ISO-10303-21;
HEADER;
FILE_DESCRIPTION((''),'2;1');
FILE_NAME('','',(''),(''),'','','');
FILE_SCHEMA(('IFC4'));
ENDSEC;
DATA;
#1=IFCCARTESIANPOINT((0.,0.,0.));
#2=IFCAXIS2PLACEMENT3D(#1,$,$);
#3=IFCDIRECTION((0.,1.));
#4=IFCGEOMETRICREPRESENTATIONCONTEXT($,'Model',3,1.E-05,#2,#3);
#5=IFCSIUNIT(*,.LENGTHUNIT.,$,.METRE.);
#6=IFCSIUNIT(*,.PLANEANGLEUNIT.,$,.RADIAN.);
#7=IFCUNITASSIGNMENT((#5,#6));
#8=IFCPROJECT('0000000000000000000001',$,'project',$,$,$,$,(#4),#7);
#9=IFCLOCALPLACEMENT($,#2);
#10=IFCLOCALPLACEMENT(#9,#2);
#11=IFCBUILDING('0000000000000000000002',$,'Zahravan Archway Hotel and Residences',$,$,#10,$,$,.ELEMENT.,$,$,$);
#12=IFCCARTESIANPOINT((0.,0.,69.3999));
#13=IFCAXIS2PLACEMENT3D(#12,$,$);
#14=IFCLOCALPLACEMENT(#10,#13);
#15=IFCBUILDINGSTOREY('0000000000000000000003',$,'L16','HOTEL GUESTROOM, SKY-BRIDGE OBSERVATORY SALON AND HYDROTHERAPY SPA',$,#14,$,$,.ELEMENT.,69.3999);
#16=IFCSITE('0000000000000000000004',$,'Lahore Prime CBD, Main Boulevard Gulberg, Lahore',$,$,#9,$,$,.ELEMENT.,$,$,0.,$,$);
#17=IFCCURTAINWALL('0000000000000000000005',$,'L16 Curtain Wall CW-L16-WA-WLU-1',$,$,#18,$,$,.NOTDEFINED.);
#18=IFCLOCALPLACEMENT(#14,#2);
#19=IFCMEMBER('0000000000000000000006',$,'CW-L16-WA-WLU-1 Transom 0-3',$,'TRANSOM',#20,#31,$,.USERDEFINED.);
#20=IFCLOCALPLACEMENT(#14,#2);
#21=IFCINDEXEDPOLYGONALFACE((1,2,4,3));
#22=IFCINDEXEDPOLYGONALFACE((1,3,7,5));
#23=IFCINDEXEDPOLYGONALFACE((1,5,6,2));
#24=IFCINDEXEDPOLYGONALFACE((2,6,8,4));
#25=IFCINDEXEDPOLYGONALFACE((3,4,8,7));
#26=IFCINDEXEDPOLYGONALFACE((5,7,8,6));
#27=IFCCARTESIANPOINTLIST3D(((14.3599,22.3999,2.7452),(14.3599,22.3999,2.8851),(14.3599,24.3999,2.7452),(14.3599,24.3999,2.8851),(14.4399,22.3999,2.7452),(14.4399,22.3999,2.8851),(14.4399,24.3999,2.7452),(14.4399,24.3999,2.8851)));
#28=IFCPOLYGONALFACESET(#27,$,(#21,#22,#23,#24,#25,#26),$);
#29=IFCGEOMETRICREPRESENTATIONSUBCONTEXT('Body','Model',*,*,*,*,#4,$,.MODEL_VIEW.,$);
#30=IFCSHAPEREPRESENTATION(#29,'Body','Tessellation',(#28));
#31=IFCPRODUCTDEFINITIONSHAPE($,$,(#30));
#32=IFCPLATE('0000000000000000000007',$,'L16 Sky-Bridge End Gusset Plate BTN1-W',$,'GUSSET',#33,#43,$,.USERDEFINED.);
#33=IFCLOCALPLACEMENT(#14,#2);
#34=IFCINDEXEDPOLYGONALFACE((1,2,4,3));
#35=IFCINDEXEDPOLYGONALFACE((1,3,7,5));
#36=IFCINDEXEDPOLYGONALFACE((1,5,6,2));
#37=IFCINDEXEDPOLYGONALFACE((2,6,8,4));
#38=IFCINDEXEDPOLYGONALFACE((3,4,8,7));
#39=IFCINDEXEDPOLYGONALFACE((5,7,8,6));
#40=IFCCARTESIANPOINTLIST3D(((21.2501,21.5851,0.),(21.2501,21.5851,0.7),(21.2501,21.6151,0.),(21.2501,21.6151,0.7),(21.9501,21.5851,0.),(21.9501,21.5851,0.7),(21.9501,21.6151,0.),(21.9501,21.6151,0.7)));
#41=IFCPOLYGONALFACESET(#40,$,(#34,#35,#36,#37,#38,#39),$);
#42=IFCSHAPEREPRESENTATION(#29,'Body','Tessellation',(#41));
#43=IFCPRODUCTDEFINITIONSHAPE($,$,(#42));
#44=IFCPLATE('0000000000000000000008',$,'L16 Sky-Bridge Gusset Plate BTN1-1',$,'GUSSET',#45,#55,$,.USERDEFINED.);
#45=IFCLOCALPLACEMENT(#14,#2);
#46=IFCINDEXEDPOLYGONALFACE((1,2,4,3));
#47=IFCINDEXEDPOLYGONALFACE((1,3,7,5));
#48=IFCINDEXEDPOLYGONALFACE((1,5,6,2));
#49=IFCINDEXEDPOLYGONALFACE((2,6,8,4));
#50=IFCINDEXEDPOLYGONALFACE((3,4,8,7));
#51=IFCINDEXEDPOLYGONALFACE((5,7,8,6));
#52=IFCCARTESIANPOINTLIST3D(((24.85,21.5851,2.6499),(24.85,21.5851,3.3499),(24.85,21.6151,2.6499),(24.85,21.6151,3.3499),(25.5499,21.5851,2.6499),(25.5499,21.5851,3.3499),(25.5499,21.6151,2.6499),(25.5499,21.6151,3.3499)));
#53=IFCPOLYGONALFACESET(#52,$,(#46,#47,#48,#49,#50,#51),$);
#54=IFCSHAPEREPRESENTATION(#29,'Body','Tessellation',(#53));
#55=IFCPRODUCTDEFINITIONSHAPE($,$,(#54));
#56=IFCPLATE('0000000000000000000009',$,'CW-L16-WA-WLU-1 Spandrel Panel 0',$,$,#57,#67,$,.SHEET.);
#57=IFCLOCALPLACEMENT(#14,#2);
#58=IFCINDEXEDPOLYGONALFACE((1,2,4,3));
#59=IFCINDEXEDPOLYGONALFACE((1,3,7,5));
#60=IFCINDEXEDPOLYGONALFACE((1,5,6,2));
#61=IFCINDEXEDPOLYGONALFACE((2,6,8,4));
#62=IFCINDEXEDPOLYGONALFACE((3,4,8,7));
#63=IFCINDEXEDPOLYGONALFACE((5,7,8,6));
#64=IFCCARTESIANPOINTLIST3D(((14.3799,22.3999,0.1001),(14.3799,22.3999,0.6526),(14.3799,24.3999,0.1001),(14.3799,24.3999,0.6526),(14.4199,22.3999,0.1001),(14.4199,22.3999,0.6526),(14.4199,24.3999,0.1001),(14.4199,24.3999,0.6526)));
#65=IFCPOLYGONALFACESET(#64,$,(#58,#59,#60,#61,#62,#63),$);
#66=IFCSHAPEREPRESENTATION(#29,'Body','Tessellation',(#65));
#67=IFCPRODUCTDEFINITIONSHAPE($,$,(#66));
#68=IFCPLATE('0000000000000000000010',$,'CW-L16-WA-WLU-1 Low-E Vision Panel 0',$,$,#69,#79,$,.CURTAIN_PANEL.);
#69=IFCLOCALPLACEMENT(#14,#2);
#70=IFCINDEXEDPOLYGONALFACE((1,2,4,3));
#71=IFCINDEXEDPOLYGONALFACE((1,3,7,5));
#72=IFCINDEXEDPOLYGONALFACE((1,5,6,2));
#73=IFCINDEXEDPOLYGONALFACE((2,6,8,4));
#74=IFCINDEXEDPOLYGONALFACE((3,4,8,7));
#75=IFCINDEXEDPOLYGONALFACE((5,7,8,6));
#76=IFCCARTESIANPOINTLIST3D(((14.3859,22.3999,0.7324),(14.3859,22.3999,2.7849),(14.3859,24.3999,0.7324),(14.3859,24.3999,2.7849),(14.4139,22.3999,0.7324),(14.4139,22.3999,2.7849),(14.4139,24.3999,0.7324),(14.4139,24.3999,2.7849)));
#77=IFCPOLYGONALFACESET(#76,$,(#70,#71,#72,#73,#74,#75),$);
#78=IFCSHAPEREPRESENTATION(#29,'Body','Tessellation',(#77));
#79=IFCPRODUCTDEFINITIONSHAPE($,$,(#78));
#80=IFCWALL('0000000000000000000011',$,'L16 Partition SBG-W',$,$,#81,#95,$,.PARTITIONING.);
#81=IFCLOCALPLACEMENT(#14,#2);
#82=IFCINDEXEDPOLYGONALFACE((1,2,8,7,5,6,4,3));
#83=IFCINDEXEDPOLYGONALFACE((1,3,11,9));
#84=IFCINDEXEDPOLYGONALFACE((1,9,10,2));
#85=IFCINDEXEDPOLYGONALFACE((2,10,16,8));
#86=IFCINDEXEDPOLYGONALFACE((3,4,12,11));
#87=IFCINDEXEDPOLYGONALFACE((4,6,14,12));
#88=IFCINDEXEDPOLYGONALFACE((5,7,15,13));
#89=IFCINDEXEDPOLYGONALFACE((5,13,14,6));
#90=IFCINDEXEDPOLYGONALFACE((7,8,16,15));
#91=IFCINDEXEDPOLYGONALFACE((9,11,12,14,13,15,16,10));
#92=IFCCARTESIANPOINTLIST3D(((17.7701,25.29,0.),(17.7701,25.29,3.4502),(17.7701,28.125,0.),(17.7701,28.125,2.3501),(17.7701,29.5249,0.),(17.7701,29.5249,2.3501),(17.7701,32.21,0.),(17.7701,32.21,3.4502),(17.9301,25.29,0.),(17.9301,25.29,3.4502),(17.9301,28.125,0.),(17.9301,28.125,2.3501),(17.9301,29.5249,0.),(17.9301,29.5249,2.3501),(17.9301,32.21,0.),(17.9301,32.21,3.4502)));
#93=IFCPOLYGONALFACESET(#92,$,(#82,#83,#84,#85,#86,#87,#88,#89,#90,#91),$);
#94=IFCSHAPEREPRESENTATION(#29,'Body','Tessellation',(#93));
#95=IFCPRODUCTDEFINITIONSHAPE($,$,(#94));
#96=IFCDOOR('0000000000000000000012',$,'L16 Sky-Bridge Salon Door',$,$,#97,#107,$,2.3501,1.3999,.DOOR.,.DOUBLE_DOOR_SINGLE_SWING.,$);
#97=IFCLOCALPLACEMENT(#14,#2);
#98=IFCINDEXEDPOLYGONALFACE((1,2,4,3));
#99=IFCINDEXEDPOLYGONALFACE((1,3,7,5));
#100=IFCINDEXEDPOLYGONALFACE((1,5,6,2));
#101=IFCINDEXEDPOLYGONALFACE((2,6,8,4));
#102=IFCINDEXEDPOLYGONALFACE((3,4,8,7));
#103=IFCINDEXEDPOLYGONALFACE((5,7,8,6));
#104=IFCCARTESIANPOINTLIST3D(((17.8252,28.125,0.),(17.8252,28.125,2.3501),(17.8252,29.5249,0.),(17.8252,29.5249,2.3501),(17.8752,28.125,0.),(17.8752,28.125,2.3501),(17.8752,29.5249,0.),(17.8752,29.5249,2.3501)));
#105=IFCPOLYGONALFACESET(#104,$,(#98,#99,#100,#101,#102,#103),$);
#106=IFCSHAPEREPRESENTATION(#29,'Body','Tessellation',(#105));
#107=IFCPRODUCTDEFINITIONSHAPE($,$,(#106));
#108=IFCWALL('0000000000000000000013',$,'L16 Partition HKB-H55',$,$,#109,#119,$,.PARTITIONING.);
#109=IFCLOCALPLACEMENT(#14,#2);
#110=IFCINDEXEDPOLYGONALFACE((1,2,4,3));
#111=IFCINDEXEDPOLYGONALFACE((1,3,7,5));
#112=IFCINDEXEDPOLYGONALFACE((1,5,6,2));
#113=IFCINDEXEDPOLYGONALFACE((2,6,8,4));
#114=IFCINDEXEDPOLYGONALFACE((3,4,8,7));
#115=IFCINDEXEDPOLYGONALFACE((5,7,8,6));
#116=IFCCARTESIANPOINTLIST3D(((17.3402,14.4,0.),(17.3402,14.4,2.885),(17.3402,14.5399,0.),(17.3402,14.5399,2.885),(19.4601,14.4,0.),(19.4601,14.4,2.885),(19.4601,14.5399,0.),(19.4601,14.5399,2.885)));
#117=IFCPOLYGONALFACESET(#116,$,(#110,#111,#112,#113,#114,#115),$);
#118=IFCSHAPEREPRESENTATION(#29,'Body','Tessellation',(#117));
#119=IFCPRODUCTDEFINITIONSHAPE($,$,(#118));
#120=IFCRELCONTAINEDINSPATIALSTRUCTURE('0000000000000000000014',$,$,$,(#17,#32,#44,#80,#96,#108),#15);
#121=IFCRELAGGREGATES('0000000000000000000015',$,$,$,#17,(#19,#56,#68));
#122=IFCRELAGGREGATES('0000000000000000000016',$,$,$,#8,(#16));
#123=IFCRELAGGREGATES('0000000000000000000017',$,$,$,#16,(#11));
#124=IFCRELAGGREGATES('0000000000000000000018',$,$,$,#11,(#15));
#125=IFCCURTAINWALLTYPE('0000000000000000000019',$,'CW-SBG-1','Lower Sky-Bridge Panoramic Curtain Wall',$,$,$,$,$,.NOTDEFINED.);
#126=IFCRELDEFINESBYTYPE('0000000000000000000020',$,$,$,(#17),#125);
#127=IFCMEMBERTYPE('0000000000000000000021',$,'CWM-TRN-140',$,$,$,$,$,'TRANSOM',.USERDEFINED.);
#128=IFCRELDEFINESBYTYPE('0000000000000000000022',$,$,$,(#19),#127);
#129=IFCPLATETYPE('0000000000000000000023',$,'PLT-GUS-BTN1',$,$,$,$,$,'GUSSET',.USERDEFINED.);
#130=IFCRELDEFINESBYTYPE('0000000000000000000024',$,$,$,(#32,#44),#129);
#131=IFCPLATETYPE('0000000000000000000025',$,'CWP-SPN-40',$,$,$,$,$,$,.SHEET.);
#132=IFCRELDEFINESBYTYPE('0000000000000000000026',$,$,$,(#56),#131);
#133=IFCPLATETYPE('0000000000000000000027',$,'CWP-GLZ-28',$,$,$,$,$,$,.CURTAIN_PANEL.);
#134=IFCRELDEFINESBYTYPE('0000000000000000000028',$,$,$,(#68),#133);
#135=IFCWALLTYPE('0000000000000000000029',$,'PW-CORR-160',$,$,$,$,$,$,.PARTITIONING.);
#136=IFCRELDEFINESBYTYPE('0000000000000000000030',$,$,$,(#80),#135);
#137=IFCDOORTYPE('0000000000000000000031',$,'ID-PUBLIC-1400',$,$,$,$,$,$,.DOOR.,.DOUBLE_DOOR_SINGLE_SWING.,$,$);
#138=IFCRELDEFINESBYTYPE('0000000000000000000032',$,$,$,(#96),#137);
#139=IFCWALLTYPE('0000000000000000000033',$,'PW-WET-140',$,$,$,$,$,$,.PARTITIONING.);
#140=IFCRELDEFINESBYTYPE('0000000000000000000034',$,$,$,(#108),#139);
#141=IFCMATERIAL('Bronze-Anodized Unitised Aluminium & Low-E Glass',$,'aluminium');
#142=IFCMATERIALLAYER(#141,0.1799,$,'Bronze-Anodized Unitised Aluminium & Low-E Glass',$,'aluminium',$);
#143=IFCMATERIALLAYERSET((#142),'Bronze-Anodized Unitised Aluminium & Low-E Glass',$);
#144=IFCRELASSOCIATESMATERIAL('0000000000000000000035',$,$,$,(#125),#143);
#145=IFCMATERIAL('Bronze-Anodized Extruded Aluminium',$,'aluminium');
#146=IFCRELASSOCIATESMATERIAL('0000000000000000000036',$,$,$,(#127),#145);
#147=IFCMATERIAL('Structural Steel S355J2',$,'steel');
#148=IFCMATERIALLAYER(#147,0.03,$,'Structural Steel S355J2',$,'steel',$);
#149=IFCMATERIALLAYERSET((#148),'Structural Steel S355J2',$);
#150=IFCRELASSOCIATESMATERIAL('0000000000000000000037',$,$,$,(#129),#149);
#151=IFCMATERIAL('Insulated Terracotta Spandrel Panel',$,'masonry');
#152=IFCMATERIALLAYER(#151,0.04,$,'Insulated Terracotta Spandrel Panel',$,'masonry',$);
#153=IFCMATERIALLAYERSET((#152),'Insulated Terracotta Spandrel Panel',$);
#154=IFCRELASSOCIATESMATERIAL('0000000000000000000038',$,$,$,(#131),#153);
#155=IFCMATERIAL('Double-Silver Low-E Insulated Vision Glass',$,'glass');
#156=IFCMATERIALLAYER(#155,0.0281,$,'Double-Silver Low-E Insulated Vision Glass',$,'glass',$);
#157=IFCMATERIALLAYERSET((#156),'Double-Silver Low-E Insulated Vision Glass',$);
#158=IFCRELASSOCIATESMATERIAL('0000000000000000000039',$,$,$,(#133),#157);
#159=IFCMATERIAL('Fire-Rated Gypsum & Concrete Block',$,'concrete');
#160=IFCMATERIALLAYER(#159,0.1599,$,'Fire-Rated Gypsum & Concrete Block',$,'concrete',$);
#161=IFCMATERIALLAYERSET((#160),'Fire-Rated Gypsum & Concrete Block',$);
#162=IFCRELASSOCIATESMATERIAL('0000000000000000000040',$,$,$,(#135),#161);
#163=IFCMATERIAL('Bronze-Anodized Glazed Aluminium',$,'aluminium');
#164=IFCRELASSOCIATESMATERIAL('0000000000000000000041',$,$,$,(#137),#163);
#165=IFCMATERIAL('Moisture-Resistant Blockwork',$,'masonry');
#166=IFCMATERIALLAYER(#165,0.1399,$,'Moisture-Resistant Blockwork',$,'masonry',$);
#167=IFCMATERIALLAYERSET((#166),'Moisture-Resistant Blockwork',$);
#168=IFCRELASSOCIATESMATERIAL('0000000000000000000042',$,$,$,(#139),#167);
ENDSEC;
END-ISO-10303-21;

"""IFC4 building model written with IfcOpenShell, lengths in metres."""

from ifc_helpers import new_model, si_unit, direction, frame, frame_2d, origin, origin_2d, place, context, subcontext, project, spatial, rectangle, extrude, source, transform, mapped, material, layer, layer_set, material_profile, profile_set, type_object, type_shapes, element, fill, aggregate, save


model = new_model("IFC4")

# Units and contexts
model_context = context("Model", 3, precision=1e-05, world=origin(), true_north=direction((0.0, 1.0)))
body_context = subcontext(model_context, "Body", "Model", "MODEL_VIEW")
ifc_project = project(units=[si_unit("LENGTHUNIT", "METRE"), si_unit("PLANEANGLEUNIT", "RADIAN")], contexts=[model_context])

# Site, building, storey
site_placement = place(None, origin())
site = spatial("IfcSite", under=ifc_project, at=site_placement, Name="Lahore Prime CBD, Main Boulevard Gulberg, Lahore", CompositionType="ELEMENT", RefElevation=0.0)
building_placement = place(site_placement, origin())
building = spatial("IfcBuilding", under=site, at=building_placement, Name="Zahravan Archway Hotel and Residences", CompositionType="ELEMENT")
storey_placement = place(building_placement, frame((0.0, 0.0, 69.3999)))
storey = spatial("IfcBuildingStorey", under=building, at=storey_placement, Name="L16", Description="HOTEL GUESTROOM, SKY-BRIDGE OBSERVATORY SALON AND HYDROTHERAPY SPA", CompositionType="ELEMENT", Elevation=69.3999)

# Shared definitions
ifc_material_1 = material(Name="Structural Steel S355J2", Category="steel")

# Curtain wall, member
ifc_material_2 = material(Name="Bronze-Anodized Unitised Aluminium & Low-E Glass", Category="aluminium")
ifc_layer_1 = layer(ifc_material_2, 0.1799, Name="Bronze-Anodized Unitised Aluminium & Low-E Glass", Category="aluminium")
ifc_layer_set_1 = layer_set([ifc_layer_1], Name="Bronze-Anodized Unitised Aluminium & Low-E Glass")
curtain_wall_type = type_object("IfcCurtainWallType", Name="CW-SBG-1", Description="Lower Sky-Bridge Panoramic Curtain Wall", PredefinedType="NOTDEFINED", material=ifc_layer_set_1)
curtain_wall_placement = place(storey_placement, origin())
curtain_wall = element("IfcCurtainWall", 1, at=curtain_wall_placement, inside=storey, type_object=curtain_wall_type, Name="L16 Curtain Wall CW-L16-WA-WLU-1", PredefinedType="NOTDEFINED")
ifc_material_3 = material(Name="Bronze-Anodized Extruded Aluminium", Category="aluminium")
ifc_material_profile_1 = material_profile(ifc_material_3, rectangle(XDim=0.0801, YDim=0.1399, at=origin_2d()), Name="TRN 80x140", Category="aluminium")
ifc_profile_set_1 = profile_set([ifc_material_profile_1], Name="Bronze-Anodized Extruded Aluminium")
member_type_1 = type_object("IfcMemberType", Name="CWM-TRN-140", ElementType="TRANSOM", PredefinedType="USERDEFINED", material=ifc_profile_set_1)
shared_shape_1 = source(origin(), body_context, "Body", "SweptSolid", [
    extrude(rectangle(XDim=0.0801, YDim=0.1399, at=origin_2d()), origin(), (0.0, 0.0, 1.0), 2.0),
])
member_1_placement = place(storey_placement, frame((14.3999, 22.3999, 2.8152), z_axis=(0.0, 1.0, 0.0), x_axis=(-1.0, 0.0, 0.0)))
member_1 = element("IfcMember", 2, at=member_1_placement, type_object=member_type_1, Name="CW-L16-WA-WLU-1 Transom 0-3", ObjectType="TRANSOM", PredefinedType="USERDEFINED", context=body_context, shape_type="MappedRepresentation", body=[
    mapped(shared_shape_1, transform((0.0, 0.0, 0.0), scale=1.0)),
])

# Plates
ifc_layer_2 = layer(ifc_material_1, 0.03, Name="Structural Steel S355J2", Category="steel")
ifc_layer_set_2 = layer_set([ifc_layer_2], Name="Structural Steel S355J2")
plate_type_1 = type_object("IfcPlateType", Name="PLT-GUS-BTN1", ElementType="GUSSET", PredefinedType="USERDEFINED", material=ifc_layer_set_2)
shared_shape_2 = source(origin(), body_context, "Body", "SweptSolid", [
    extrude(rectangle(XDim=0.7, YDim=0.03, at=origin_2d()), origin(), (0.0, 0.0, 1.0), 0.7),
])
type_shapes(plate_type_1, [shared_shape_2])
for number, where, z_axis, x_axis, name in (
    (3, (21.6001, 21.6001, 0.0), (0.0, 0.0, 1.0), (1.0, 0.0, 0.0), "L16 Sky-Bridge End Gusset Plate BTN1-W"),
    (4, (25.2, 21.6001, 2.6499), (0.0, 0.0, 1.0), (1.0, 0.0, 0.0), "L16 Sky-Bridge Gusset Plate BTN1-1"),
):
    element("IfcPlate", number, at=place(storey_placement, frame(where, z_axis=z_axis, x_axis=x_axis)), inside=storey, type_object=plate_type_1, Name=name, ObjectType="GUSSET", PredefinedType="USERDEFINED", context=body_context, shape_type="MappedRepresentation", body=[
        mapped(shared_shape_2, transform((0.0, 0.0, 0.0), scale=1.0)),
    ])

# Plates
ifc_material_4 = material(Name="Insulated Terracotta Spandrel Panel", Category="masonry")
ifc_layer_3 = layer(ifc_material_4, 0.04, Name="Insulated Terracotta Spandrel Panel", Category="masonry")
ifc_layer_set_3 = layer_set([ifc_layer_3], Name="Insulated Terracotta Spandrel Panel")
plate_type_2 = type_object("IfcPlateType", Name="CWP-SPN-40", PredefinedType="SHEET", material=ifc_layer_set_3)
shared_shape_3 = source(origin(), body_context, "Body", "SweptSolid", [
    extrude(rectangle(XDim=2.0, YDim=0.04, at=origin_2d()), origin(), (0.0, 0.0, 1.0), 0.5525),
])
plate_1_placement = place(storey_placement, frame((14.3999, 23.3999, 0.1001), z_axis=(0.0, 0.0, 1.0), x_axis=(0.0, 1.0, 0.0)))
plate_1 = element("IfcPlate", 5, at=plate_1_placement, type_object=plate_type_2, Name="CW-L16-WA-WLU-1 Spandrel Panel 0", PredefinedType="SHEET", context=body_context, shape_type="MappedRepresentation", body=[
    mapped(shared_shape_3, transform((0.0, 0.0, 0.0), scale=1.0)),
])
ifc_material_5 = material(Name="Double-Silver Low-E Insulated Vision Glass", Category="glass")
ifc_layer_4 = layer(ifc_material_5, 0.0281, Name="Double-Silver Low-E Insulated Vision Glass", Category="glass")
ifc_layer_set_4 = layer_set([ifc_layer_4], Name="Double-Silver Low-E Insulated Vision Glass")
plate_type_3 = type_object("IfcPlateType", Name="CWP-GLZ-28", PredefinedType="CURTAIN_PANEL", material=ifc_layer_set_4)
shared_shape_4 = source(origin(), body_context, "Body", "SweptSolid", [
    extrude(rectangle(XDim=2.0, YDim=0.0281, at=origin_2d()), origin(), (0.0, 0.0, 1.0), 2.0525),
])
plate_2_placement = place(storey_placement, frame((14.3999, 23.3999, 0.7324), z_axis=(0.0, 0.0, 1.0), x_axis=(0.0, 1.0, 0.0)))
plate_2 = element("IfcPlate", 6, at=plate_2_placement, type_object=plate_type_3, Name="CW-L16-WA-WLU-1 Low-E Vision Panel 0", PredefinedType="CURTAIN_PANEL", context=body_context, shape_type="MappedRepresentation", body=[
    mapped(shared_shape_4, transform((0.0, 0.0, 0.0), scale=1.0)),
])
aggregate(curtain_wall, [member_1, plate_1, plate_2])

# Wall, opening, door
ifc_material_6 = material(Name="Fire-Rated Gypsum & Concrete Block", Category="concrete")
ifc_layer_5 = layer(ifc_material_6, 0.1599, Name="Fire-Rated Gypsum & Concrete Block", Category="concrete")
ifc_layer_set_5 = layer_set([ifc_layer_5], Name="Fire-Rated Gypsum & Concrete Block")
wall_type_1 = type_object("IfcWallType", Name="PW-CORR-160", PredefinedType="PARTITIONING", material=ifc_layer_set_5)
wall_1_placement = place(storey_placement, frame((17.8501, 25.29, 0.0), z_axis=(0.0, 0.0, 1.0), x_axis=(0.0, 1.0, 0.0)))
wall_1 = element("IfcWall", 7, at=wall_1_placement, inside=storey, type_object=wall_type_1, Name="L16 Partition SBG-W", PredefinedType="PARTITIONING", context=body_context, shape_type="SweptSolid", body=[
    extrude(rectangle(XDim=6.9199, YDim=0.1599, at=frame_2d((3.46, 0.0))), origin(), (0.0, 0.0, 1.0), 3.4502),
])
opening_placement = place(wall_1_placement, frame((2.835, 0.0, 0.0)))
opening = element("IfcOpeningElement", 8, at=opening_placement, cuts=wall_1, PredefinedType="OPENING", context=body_context, shape_type="SweptSolid", body=[
    extrude(rectangle(XDim=1.3999, YDim=2.3501, at=frame_2d((0.7, 1.175))), frame((0.0, 0.0898, 0.0), z_axis=(0.0, -1.0, 0.0), x_axis=(1.0, 0.0, 0.0)), (0.0, 0.0, 1.0), 0.1799),
])
ifc_material_7 = material(Name="Bronze-Anodized Glazed Aluminium", Category="aluminium")
door_type = type_object("IfcDoorType", Name="ID-PUBLIC-1400", OperationType="DOUBLE_DOOR_SINGLE_SWING", PredefinedType="DOOR", material=ifc_material_7)
shared_shape_5 = source(origin(), body_context, "Body", "SweptSolid", [
    extrude(rectangle(XDim=1.3999, YDim=2.3501, at=frame_2d((0.7, 1.175))), frame((0.0, 0.0249, 0.0), z_axis=(0.0, -1.0, 0.0), x_axis=(1.0, 0.0, 0.0)), (0.0, 0.0, 1.0), 0.05),
])
type_shapes(door_type, [shared_shape_5])
door_placement = place(opening_placement, origin())
door = element("IfcDoor", 9, at=door_placement, inside=storey, type_object=door_type, Name="L16 Sky-Bridge Salon Door", OperationType="DOUBLE_DOOR_SINGLE_SWING", OverallHeight=2.3501, OverallWidth=1.3999, PredefinedType="DOOR", context=body_context, shape_type="MappedRepresentation", body=[
    mapped(shared_shape_5, transform((0.0, 0.0, 0.0), scale=1.0)),
])
fill(opening, door)

# Wall
ifc_material_8 = material(Name="Moisture-Resistant Blockwork", Category="masonry")
ifc_layer_6 = layer(ifc_material_8, 0.1399, Name="Moisture-Resistant Blockwork", Category="masonry")
ifc_layer_set_6 = layer_set([ifc_layer_6], Name="Moisture-Resistant Blockwork")
wall_type_2 = type_object("IfcWallType", Name="PW-WET-140", PredefinedType="PARTITIONING", material=ifc_layer_set_6)
wall_2_placement = place(storey_placement, frame((17.3401, 14.47, 0.0), z_axis=(0.0, 0.0, 1.0), x_axis=(1.0, 0.0, 0.0)))
element("IfcWall", 10, at=wall_2_placement, inside=storey, type_object=wall_type_2, Name="L16 Partition HKB-H55", PredefinedType="PARTITIONING", context=body_context, shape_type="SweptSolid", body=[
    extrude(rectangle(XDim=2.1199, YDim=0.1399, at=frame_2d((1.0601, 0.0))), origin(), (0.0, 0.0, 1.0), 2.885),
])

save(model, "model.ifc")
